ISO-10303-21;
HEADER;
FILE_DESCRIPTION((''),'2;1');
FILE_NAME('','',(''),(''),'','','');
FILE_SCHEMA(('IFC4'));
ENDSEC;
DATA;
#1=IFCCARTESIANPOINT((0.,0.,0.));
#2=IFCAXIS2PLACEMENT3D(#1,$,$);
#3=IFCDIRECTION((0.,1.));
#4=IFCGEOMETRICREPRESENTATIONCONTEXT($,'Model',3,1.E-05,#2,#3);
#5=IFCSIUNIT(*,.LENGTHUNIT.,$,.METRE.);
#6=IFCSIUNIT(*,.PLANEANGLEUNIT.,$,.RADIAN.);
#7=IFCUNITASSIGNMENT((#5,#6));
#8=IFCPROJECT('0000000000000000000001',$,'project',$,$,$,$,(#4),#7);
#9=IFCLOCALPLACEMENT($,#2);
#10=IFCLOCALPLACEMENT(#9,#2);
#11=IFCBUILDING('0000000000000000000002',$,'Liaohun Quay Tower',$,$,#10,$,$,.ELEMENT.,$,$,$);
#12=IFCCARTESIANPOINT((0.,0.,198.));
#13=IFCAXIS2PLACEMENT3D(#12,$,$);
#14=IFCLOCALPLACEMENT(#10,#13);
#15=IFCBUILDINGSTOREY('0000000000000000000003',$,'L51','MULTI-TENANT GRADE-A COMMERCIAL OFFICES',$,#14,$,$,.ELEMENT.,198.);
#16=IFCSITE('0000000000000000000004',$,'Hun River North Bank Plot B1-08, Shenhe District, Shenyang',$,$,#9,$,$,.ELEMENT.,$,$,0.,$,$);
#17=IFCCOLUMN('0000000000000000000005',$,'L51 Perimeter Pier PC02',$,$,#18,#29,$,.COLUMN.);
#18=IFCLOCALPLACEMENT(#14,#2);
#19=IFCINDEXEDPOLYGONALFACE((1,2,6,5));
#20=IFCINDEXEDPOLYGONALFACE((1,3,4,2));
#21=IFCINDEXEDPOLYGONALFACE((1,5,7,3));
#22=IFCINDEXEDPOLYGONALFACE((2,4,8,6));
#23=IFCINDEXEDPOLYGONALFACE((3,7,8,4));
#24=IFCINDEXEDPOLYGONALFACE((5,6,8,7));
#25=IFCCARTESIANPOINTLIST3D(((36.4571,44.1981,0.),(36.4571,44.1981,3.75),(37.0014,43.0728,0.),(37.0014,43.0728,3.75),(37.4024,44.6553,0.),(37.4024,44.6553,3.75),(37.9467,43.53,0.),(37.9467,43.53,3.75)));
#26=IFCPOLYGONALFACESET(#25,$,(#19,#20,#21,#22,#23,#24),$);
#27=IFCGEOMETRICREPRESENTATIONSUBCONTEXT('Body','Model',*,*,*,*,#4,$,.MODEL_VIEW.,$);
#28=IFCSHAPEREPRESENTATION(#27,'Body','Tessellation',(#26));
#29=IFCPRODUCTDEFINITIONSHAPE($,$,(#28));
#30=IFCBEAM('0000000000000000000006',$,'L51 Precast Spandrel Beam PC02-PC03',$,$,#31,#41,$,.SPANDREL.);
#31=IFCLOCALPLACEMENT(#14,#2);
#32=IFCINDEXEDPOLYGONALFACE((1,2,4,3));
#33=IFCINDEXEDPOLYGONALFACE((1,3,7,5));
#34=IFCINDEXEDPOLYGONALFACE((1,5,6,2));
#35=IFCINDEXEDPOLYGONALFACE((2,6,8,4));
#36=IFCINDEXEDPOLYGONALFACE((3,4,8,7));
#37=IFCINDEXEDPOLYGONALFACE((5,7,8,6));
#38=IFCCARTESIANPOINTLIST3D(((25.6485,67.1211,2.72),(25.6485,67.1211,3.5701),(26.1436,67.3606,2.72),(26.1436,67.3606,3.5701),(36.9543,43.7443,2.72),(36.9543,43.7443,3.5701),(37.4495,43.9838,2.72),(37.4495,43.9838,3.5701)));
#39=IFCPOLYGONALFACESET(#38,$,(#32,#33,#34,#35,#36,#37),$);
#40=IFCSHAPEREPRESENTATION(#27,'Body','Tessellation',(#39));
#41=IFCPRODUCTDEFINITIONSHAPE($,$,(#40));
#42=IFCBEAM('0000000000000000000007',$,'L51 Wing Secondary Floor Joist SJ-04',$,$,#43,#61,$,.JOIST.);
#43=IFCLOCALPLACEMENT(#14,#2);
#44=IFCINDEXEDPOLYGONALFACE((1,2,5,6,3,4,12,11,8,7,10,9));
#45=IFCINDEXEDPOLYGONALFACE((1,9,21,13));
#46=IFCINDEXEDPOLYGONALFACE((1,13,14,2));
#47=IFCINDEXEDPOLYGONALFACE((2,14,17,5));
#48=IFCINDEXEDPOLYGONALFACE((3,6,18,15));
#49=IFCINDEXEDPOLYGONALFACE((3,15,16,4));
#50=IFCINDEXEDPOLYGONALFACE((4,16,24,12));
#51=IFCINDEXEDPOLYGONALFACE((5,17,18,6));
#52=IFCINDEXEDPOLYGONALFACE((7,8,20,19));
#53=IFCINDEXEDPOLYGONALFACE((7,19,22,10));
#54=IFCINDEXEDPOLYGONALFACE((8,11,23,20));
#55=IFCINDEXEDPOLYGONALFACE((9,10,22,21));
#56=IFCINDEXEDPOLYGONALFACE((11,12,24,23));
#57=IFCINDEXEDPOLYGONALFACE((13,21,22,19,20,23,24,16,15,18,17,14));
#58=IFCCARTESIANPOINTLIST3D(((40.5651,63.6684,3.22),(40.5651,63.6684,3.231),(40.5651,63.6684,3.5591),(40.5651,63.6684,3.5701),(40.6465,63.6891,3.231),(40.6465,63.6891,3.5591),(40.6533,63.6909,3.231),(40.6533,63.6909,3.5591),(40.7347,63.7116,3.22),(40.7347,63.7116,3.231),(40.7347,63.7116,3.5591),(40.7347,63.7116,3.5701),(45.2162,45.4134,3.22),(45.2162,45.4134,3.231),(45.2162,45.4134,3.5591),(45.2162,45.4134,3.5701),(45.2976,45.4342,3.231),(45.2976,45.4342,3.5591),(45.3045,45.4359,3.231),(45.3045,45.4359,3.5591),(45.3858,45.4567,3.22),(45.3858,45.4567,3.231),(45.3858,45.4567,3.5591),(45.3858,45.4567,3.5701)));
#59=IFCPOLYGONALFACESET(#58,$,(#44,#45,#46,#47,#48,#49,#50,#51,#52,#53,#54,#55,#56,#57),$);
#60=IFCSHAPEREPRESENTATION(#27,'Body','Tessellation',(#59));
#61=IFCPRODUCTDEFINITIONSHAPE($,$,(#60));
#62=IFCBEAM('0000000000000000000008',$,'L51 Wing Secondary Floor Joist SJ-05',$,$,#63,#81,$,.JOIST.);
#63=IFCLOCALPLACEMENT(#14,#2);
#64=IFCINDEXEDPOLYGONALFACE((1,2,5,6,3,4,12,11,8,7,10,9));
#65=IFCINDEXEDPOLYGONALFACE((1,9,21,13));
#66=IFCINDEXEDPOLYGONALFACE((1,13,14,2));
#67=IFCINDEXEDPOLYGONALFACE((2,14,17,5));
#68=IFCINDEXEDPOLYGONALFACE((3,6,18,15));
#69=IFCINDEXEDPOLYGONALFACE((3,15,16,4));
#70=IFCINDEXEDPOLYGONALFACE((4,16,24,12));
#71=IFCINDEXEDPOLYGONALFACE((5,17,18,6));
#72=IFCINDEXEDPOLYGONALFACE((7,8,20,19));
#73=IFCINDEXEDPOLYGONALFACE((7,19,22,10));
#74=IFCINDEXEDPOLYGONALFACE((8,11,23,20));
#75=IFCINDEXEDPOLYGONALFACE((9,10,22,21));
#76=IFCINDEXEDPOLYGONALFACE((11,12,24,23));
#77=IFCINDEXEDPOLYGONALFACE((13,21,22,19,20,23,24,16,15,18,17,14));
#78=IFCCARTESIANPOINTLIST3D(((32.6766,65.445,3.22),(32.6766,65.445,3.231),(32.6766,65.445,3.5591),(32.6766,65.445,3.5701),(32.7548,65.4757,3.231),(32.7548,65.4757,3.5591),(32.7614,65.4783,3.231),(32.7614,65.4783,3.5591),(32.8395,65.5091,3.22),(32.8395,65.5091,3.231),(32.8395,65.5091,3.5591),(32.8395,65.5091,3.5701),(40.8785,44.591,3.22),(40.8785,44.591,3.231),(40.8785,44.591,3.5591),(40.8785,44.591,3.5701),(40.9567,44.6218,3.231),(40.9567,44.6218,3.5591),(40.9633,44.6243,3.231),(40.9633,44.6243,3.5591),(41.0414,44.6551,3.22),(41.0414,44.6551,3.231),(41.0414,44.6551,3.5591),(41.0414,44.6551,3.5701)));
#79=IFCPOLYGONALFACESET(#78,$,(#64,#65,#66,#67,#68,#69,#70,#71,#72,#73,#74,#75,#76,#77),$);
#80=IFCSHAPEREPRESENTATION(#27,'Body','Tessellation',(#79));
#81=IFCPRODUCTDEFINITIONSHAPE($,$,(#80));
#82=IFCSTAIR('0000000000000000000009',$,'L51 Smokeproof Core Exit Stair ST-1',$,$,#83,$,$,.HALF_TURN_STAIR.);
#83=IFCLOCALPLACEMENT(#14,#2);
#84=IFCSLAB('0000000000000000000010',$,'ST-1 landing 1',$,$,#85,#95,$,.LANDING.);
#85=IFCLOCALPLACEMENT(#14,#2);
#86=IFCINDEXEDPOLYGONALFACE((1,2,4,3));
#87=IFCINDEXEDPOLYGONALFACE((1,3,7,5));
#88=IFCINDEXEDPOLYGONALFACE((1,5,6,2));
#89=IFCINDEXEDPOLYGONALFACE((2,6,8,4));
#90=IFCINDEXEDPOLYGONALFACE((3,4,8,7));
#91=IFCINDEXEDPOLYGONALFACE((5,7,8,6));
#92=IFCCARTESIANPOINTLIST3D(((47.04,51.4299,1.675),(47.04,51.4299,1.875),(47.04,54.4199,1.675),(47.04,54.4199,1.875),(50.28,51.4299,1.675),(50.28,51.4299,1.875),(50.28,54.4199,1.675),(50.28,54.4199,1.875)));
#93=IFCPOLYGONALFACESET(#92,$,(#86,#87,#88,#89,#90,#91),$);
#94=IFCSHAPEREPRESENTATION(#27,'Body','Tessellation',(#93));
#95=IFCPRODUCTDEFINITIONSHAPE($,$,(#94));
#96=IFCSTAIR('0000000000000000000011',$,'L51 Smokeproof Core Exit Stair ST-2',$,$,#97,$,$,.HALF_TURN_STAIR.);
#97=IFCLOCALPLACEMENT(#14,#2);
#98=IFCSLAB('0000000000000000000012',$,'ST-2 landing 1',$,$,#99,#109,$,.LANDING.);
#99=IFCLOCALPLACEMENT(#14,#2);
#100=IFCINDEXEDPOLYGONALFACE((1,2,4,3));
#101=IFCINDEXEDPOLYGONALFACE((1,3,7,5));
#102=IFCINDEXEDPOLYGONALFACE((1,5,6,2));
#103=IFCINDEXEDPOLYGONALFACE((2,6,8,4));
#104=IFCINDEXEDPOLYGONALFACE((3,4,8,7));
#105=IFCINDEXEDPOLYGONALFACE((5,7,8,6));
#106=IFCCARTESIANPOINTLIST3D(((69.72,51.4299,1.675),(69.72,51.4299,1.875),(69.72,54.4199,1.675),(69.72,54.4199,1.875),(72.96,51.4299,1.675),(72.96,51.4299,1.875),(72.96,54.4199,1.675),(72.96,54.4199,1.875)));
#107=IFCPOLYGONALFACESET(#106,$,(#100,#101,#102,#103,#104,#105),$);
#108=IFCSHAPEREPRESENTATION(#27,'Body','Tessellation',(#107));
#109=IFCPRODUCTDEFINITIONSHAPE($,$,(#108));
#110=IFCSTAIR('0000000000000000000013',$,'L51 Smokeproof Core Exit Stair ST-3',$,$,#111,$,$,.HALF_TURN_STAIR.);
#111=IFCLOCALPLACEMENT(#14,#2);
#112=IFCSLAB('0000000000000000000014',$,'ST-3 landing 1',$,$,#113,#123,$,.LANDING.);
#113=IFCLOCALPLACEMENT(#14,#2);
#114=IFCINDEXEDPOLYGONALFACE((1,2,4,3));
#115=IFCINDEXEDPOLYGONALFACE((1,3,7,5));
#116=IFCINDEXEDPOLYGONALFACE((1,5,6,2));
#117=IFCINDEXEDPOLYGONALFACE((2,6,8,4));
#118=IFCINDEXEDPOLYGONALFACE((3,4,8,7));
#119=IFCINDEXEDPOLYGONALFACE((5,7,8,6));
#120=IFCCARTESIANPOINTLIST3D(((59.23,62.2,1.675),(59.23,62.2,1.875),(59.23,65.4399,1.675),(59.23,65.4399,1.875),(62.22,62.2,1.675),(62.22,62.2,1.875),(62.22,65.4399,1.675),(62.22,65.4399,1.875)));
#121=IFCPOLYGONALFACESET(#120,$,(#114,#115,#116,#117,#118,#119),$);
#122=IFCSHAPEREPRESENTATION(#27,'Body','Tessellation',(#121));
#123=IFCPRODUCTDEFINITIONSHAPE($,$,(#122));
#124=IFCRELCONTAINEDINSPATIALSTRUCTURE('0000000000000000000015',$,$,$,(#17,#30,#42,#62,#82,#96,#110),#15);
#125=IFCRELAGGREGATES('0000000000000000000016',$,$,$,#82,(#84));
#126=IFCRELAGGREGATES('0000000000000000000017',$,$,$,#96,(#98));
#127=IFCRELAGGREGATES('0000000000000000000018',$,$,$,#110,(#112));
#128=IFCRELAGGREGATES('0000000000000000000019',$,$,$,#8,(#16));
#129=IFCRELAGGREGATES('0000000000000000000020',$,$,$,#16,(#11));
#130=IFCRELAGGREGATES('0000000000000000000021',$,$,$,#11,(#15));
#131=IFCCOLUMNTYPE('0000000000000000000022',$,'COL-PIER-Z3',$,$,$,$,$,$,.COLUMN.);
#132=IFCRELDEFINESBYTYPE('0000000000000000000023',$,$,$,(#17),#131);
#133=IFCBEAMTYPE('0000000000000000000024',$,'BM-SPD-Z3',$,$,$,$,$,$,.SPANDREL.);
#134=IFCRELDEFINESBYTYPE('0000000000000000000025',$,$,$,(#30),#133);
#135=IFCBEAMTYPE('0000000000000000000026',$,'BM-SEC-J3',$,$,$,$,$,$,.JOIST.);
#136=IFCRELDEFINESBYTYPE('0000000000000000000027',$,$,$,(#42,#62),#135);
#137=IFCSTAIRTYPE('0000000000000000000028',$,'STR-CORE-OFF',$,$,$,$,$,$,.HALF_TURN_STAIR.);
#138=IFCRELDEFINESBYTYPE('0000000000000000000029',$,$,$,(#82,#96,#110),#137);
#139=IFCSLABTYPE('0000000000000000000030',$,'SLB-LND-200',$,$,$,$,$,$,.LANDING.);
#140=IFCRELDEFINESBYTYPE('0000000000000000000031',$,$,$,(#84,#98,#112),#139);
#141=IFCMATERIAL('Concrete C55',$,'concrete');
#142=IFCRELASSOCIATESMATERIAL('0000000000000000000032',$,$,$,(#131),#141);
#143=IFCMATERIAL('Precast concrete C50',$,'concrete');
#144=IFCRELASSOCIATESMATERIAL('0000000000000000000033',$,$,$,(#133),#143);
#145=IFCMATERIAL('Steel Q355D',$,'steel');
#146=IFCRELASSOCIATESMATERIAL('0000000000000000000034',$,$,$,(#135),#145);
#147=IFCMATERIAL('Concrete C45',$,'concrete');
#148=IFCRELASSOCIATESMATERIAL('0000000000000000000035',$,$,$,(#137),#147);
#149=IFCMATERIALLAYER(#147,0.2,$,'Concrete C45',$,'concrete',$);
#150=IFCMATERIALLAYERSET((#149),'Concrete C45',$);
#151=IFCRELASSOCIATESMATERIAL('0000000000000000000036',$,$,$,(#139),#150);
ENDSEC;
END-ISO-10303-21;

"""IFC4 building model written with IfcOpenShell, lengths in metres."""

from ifc_helpers import new_model, si_unit, direction, frame, origin, origin_2d, place, context, subcontext, project, spatial, polyline, rectangle, i_section, outline, extrude, source, transform, mapped, material, layer, layer_set, material_profile, profile_set, type_object, element, aggregate, save


model = new_model("IFC4")

# Units and contexts
model_context = context("Model", 3, precision=1e-05, world=origin(), true_north=direction((0.0, 1.0)))
body_context = subcontext(model_context, "Body", "Model", "MODEL_VIEW")
ifc_project = project(units=[si_unit("LENGTHUNIT", "METRE"), si_unit("PLANEANGLEUNIT", "RADIAN")], contexts=[model_context])

# Site, building, storey
site_placement = place(None, origin())
site = spatial("IfcSite", under=ifc_project, at=site_placement, Name="Hun River North Bank Plot B1-08, Shenhe District, Shenyang", CompositionType="ELEMENT", RefElevation=0.0)
building_placement = place(site_placement, origin())
building = spatial("IfcBuilding", under=site, at=building_placement, Name="Liaohun Quay Tower", CompositionType="ELEMENT")
storey_placement = place(building_placement, frame((0.0, 0.0, 198.0)))
storey = spatial("IfcBuildingStorey", under=building, at=storey_placement, Name="L51", Description="MULTI-TENANT GRADE-A COMMERCIAL OFFICES", CompositionType="ELEMENT", Elevation=198.0)

# Column
ifc_material_1 = material(Name="Concrete C55", Category="concrete")
ifc_material_profile_1 = material_profile(ifc_material_1, rectangle(XDim=1.25, YDim=1.05, at=origin_2d()), Name="RC1250x1050")
ifc_profile_set_1 = profile_set([ifc_material_profile_1], Name="Concrete C55")
column_type = type_object("IfcColumnType", Name="COL-PIER-Z3", PredefinedType="COLUMN", material=ifc_profile_set_1)
shared_shape_1 = source(origin(), body_context, "Body", "SweptSolid", [
    extrude(rectangle(XDim=1.25, YDim=1.05, at=origin_2d()), origin(), (0.0, 0.0, 1.0), 3.75),
])
column_placement = place(storey_placement, frame((37.2019, 43.864, 0.0), z_axis=(0.0, 0.0, 1.0), x_axis=(-0.435388, 0.900243, 0.0)))
element("IfcColumn", 1, at=column_placement, inside=storey, type_object=column_type, Name="L51 Perimeter Pier PC02", PredefinedType="COLUMN", context=body_context, shape_type="MappedRepresentation", body=[
    mapped(shared_shape_1, transform((0.0, 0.0, 0.0), x_axis=(1.0, 0.0, 0.0), y_axis=(0.0, 1.0, 0.0), z_axis=(0.0, 0.0, 1.0), scale=1.0)),
])

# Beams
ifc_material_2 = material(Name="Precast concrete C50", Category="concrete")
ifc_material_profile_2 = material_profile(ifc_material_2, rectangle(XDim=0.55, YDim=0.8501, at=origin_2d()), Name="RC550x850")
ifc_profile_set_2 = profile_set([ifc_material_profile_2], Name="Precast concrete C50")
beam_type_1 = type_object("IfcBeamType", Name="BM-SPD-Z3", PredefinedType="SPANDREL", material=ifc_profile_set_2)
shared_shape_2 = source(origin(), body_context, "Body", "SweptSolid", [
    extrude(rectangle(XDim=0.55, YDim=0.8501, at=origin_2d()), origin(), (0.0, 0.0, 1.0), 25.9673),
])
beam_1_placement = place(storey_placement, frame((37.2019, 43.864, 3.145), z_axis=(-0.435389, 0.900243, 0.0), x_axis=(-0.900243, -0.435389, 0.0)))
element("IfcBeam", 2, at=beam_1_placement, inside=storey, type_object=beam_type_1, Name="L51 Precast Spandrel Beam PC02-PC03", PredefinedType="SPANDREL", context=body_context, shape_type="MappedRepresentation", body=[
    mapped(shared_shape_2, transform((0.0, 0.0, 0.0), x_axis=(1.0, 0.0, 0.0), y_axis=(0.0, 1.0, 0.0), z_axis=(0.0, 0.0, 1.0), scale=1.0)),
])
ifc_material_3 = material(Name="Steel Q355D", Category="steel")
ifc_material_profile_3 = material_profile(ifc_material_3, i_section(OverallWidth=0.175, OverallDepth=0.3501, WebThickness=0.0071, FlangeThickness=0.011, at=origin_2d()), Name="HN350x175x7x11")
ifc_profile_set_3 = profile_set([ifc_material_profile_3], Name="Steel Q355D")
beam_type_2 = type_object("IfcBeamType", Name="BM-SEC-J3", PredefinedType="JOIST", material=ifc_profile_set_3)
shared_shape_3 = source(origin(), body_context, "Body", "SweptSolid", [
    extrude(i_section(OverallWidth=0.175, OverallDepth=0.3501, WebThickness=0.0071, FlangeThickness=0.011, at=origin_2d()), origin(), (0.0, 0.0, 1.0), 18.8381),
])
beam_2_placement = place(storey_placement, frame((45.301, 45.4351, 3.395), z_axis=(-0.2469, 0.969041, 0.0), x_axis=(-0.969041, -0.2469, 0.0)))
element("IfcBeam", 3, at=beam_2_placement, inside=storey, type_object=beam_type_2, Name="L51 Wing Secondary Floor Joist SJ-04", PredefinedType="JOIST", context=body_context, shape_type="MappedRepresentation", body=[
    mapped(shared_shape_3, transform((0.0, 0.0, 0.0), x_axis=(1.0, 0.0, 0.0), y_axis=(0.0, 1.0, 0.0), z_axis=(0.0, 0.0, 1.0), scale=1.0)),
])
shared_shape_4 = source(origin(), body_context, "Body", "SweptSolid", [
    extrude(i_section(OverallWidth=0.175, OverallDepth=0.3501, WebThickness=0.0071, FlangeThickness=0.011, at=origin_2d()), origin(), (0.0, 0.0, 1.0), 22.4089),
])
beam_3_placement = place(storey_placement, frame((40.96, 44.623, 3.395), z_axis=(-0.36601, 0.930611, 0.0), x_axis=(-0.930611, -0.36601, 0.0)))
element("IfcBeam", 4, at=beam_3_placement, inside=storey, type_object=beam_type_2, Name="L51 Wing Secondary Floor Joist SJ-05", PredefinedType="JOIST", context=body_context, shape_type="MappedRepresentation", body=[
    mapped(shared_shape_4, transform((0.0, 0.0, 0.0), x_axis=(1.0, 0.0, 0.0), y_axis=(0.0, 1.0, 0.0), z_axis=(0.0, 0.0, 1.0), scale=1.0)),
])

# Stairs, slabs
ifc_material_4 = material(Name="Concrete C45", Category="concrete")
stair_type = type_object("IfcStairType", Name="STR-CORE-OFF", PredefinedType="HALF_TURN_STAIR", material=ifc_material_4)
stair_1_placement = place(storey_placement, origin())
stair_1 = element("IfcStair", 5, at=stair_1_placement, inside=storey, type_object=stair_type, Name="L51 Smokeproof Core Exit Stair ST-1", PredefinedType="HALF_TURN_STAIR")
ifc_layer_1 = layer(ifc_material_4, 0.2, Name="Concrete C45", Category="concrete")
ifc_layer_set_1 = layer_set([ifc_layer_1], Name="Concrete C45")
slab_type_1 = type_object("IfcSlabType", Name="SLB-LND-200", PredefinedType="LANDING", material=ifc_layer_set_1)
slab_1_placement = place(storey_placement, frame((0.0, 0.0, 1.675)))
slab_1 = element("IfcSlab", 6, at=slab_1_placement, type_object=slab_type_1, Name="ST-1 landing 1", PredefinedType="LANDING", context=body_context, shape_type="SweptSolid", body=[
    extrude(outline(polyline([(50.28, 51.4299), (50.28, 54.4199), (47.04, 54.4199), (47.04, 51.4299), (50.28, 51.4299)])), origin(), (0.0, 0.0, 1.0), 0.2),
])
aggregate(stair_1, [slab_1])
stair_2_placement = place(storey_placement, origin())
stair_2 = element("IfcStair", 7, at=stair_2_placement, inside=storey, type_object=stair_type, Name="L51 Smokeproof Core Exit Stair ST-2", PredefinedType="HALF_TURN_STAIR")
slab_2_placement = place(storey_placement, frame((0.0, 0.0, 1.675)))
slab_2 = element("IfcSlab", 8, at=slab_2_placement, type_object=slab_type_1, Name="ST-2 landing 1", PredefinedType="LANDING", context=body_context, shape_type="SweptSolid", body=[
    extrude(outline(polyline([(72.96, 51.4299), (72.96, 54.4199), (69.72, 54.4199), (69.72, 51.4299), (72.96, 51.4299)])), origin(), (0.0, 0.0, 1.0), 0.2),
])
aggregate(stair_2, [slab_2])
stair_3_placement = place(storey_placement, origin())
stair_3 = element("IfcStair", 9, at=stair_3_placement, inside=storey, type_object=stair_type, Name="L51 Smokeproof Core Exit Stair ST-3", PredefinedType="HALF_TURN_STAIR")
slab_3_placement = place(storey_placement, frame((0.0, 0.0, 1.675)))
slab_3 = element("IfcSlab", 10, at=slab_3_placement, type_object=slab_type_1, Name="ST-3 landing 1", PredefinedType="LANDING", context=body_context, shape_type="SweptSolid", body=[
    extrude(outline(polyline([(59.23, 62.2), (62.22, 62.2), (62.22, 65.4399), (59.23, 65.4399), (59.23, 62.2)])), origin(), (0.0, 0.0, 1.0), 0.2),
])
aggregate(stair_3, [slab_3])

save(model, "model.ifc")
